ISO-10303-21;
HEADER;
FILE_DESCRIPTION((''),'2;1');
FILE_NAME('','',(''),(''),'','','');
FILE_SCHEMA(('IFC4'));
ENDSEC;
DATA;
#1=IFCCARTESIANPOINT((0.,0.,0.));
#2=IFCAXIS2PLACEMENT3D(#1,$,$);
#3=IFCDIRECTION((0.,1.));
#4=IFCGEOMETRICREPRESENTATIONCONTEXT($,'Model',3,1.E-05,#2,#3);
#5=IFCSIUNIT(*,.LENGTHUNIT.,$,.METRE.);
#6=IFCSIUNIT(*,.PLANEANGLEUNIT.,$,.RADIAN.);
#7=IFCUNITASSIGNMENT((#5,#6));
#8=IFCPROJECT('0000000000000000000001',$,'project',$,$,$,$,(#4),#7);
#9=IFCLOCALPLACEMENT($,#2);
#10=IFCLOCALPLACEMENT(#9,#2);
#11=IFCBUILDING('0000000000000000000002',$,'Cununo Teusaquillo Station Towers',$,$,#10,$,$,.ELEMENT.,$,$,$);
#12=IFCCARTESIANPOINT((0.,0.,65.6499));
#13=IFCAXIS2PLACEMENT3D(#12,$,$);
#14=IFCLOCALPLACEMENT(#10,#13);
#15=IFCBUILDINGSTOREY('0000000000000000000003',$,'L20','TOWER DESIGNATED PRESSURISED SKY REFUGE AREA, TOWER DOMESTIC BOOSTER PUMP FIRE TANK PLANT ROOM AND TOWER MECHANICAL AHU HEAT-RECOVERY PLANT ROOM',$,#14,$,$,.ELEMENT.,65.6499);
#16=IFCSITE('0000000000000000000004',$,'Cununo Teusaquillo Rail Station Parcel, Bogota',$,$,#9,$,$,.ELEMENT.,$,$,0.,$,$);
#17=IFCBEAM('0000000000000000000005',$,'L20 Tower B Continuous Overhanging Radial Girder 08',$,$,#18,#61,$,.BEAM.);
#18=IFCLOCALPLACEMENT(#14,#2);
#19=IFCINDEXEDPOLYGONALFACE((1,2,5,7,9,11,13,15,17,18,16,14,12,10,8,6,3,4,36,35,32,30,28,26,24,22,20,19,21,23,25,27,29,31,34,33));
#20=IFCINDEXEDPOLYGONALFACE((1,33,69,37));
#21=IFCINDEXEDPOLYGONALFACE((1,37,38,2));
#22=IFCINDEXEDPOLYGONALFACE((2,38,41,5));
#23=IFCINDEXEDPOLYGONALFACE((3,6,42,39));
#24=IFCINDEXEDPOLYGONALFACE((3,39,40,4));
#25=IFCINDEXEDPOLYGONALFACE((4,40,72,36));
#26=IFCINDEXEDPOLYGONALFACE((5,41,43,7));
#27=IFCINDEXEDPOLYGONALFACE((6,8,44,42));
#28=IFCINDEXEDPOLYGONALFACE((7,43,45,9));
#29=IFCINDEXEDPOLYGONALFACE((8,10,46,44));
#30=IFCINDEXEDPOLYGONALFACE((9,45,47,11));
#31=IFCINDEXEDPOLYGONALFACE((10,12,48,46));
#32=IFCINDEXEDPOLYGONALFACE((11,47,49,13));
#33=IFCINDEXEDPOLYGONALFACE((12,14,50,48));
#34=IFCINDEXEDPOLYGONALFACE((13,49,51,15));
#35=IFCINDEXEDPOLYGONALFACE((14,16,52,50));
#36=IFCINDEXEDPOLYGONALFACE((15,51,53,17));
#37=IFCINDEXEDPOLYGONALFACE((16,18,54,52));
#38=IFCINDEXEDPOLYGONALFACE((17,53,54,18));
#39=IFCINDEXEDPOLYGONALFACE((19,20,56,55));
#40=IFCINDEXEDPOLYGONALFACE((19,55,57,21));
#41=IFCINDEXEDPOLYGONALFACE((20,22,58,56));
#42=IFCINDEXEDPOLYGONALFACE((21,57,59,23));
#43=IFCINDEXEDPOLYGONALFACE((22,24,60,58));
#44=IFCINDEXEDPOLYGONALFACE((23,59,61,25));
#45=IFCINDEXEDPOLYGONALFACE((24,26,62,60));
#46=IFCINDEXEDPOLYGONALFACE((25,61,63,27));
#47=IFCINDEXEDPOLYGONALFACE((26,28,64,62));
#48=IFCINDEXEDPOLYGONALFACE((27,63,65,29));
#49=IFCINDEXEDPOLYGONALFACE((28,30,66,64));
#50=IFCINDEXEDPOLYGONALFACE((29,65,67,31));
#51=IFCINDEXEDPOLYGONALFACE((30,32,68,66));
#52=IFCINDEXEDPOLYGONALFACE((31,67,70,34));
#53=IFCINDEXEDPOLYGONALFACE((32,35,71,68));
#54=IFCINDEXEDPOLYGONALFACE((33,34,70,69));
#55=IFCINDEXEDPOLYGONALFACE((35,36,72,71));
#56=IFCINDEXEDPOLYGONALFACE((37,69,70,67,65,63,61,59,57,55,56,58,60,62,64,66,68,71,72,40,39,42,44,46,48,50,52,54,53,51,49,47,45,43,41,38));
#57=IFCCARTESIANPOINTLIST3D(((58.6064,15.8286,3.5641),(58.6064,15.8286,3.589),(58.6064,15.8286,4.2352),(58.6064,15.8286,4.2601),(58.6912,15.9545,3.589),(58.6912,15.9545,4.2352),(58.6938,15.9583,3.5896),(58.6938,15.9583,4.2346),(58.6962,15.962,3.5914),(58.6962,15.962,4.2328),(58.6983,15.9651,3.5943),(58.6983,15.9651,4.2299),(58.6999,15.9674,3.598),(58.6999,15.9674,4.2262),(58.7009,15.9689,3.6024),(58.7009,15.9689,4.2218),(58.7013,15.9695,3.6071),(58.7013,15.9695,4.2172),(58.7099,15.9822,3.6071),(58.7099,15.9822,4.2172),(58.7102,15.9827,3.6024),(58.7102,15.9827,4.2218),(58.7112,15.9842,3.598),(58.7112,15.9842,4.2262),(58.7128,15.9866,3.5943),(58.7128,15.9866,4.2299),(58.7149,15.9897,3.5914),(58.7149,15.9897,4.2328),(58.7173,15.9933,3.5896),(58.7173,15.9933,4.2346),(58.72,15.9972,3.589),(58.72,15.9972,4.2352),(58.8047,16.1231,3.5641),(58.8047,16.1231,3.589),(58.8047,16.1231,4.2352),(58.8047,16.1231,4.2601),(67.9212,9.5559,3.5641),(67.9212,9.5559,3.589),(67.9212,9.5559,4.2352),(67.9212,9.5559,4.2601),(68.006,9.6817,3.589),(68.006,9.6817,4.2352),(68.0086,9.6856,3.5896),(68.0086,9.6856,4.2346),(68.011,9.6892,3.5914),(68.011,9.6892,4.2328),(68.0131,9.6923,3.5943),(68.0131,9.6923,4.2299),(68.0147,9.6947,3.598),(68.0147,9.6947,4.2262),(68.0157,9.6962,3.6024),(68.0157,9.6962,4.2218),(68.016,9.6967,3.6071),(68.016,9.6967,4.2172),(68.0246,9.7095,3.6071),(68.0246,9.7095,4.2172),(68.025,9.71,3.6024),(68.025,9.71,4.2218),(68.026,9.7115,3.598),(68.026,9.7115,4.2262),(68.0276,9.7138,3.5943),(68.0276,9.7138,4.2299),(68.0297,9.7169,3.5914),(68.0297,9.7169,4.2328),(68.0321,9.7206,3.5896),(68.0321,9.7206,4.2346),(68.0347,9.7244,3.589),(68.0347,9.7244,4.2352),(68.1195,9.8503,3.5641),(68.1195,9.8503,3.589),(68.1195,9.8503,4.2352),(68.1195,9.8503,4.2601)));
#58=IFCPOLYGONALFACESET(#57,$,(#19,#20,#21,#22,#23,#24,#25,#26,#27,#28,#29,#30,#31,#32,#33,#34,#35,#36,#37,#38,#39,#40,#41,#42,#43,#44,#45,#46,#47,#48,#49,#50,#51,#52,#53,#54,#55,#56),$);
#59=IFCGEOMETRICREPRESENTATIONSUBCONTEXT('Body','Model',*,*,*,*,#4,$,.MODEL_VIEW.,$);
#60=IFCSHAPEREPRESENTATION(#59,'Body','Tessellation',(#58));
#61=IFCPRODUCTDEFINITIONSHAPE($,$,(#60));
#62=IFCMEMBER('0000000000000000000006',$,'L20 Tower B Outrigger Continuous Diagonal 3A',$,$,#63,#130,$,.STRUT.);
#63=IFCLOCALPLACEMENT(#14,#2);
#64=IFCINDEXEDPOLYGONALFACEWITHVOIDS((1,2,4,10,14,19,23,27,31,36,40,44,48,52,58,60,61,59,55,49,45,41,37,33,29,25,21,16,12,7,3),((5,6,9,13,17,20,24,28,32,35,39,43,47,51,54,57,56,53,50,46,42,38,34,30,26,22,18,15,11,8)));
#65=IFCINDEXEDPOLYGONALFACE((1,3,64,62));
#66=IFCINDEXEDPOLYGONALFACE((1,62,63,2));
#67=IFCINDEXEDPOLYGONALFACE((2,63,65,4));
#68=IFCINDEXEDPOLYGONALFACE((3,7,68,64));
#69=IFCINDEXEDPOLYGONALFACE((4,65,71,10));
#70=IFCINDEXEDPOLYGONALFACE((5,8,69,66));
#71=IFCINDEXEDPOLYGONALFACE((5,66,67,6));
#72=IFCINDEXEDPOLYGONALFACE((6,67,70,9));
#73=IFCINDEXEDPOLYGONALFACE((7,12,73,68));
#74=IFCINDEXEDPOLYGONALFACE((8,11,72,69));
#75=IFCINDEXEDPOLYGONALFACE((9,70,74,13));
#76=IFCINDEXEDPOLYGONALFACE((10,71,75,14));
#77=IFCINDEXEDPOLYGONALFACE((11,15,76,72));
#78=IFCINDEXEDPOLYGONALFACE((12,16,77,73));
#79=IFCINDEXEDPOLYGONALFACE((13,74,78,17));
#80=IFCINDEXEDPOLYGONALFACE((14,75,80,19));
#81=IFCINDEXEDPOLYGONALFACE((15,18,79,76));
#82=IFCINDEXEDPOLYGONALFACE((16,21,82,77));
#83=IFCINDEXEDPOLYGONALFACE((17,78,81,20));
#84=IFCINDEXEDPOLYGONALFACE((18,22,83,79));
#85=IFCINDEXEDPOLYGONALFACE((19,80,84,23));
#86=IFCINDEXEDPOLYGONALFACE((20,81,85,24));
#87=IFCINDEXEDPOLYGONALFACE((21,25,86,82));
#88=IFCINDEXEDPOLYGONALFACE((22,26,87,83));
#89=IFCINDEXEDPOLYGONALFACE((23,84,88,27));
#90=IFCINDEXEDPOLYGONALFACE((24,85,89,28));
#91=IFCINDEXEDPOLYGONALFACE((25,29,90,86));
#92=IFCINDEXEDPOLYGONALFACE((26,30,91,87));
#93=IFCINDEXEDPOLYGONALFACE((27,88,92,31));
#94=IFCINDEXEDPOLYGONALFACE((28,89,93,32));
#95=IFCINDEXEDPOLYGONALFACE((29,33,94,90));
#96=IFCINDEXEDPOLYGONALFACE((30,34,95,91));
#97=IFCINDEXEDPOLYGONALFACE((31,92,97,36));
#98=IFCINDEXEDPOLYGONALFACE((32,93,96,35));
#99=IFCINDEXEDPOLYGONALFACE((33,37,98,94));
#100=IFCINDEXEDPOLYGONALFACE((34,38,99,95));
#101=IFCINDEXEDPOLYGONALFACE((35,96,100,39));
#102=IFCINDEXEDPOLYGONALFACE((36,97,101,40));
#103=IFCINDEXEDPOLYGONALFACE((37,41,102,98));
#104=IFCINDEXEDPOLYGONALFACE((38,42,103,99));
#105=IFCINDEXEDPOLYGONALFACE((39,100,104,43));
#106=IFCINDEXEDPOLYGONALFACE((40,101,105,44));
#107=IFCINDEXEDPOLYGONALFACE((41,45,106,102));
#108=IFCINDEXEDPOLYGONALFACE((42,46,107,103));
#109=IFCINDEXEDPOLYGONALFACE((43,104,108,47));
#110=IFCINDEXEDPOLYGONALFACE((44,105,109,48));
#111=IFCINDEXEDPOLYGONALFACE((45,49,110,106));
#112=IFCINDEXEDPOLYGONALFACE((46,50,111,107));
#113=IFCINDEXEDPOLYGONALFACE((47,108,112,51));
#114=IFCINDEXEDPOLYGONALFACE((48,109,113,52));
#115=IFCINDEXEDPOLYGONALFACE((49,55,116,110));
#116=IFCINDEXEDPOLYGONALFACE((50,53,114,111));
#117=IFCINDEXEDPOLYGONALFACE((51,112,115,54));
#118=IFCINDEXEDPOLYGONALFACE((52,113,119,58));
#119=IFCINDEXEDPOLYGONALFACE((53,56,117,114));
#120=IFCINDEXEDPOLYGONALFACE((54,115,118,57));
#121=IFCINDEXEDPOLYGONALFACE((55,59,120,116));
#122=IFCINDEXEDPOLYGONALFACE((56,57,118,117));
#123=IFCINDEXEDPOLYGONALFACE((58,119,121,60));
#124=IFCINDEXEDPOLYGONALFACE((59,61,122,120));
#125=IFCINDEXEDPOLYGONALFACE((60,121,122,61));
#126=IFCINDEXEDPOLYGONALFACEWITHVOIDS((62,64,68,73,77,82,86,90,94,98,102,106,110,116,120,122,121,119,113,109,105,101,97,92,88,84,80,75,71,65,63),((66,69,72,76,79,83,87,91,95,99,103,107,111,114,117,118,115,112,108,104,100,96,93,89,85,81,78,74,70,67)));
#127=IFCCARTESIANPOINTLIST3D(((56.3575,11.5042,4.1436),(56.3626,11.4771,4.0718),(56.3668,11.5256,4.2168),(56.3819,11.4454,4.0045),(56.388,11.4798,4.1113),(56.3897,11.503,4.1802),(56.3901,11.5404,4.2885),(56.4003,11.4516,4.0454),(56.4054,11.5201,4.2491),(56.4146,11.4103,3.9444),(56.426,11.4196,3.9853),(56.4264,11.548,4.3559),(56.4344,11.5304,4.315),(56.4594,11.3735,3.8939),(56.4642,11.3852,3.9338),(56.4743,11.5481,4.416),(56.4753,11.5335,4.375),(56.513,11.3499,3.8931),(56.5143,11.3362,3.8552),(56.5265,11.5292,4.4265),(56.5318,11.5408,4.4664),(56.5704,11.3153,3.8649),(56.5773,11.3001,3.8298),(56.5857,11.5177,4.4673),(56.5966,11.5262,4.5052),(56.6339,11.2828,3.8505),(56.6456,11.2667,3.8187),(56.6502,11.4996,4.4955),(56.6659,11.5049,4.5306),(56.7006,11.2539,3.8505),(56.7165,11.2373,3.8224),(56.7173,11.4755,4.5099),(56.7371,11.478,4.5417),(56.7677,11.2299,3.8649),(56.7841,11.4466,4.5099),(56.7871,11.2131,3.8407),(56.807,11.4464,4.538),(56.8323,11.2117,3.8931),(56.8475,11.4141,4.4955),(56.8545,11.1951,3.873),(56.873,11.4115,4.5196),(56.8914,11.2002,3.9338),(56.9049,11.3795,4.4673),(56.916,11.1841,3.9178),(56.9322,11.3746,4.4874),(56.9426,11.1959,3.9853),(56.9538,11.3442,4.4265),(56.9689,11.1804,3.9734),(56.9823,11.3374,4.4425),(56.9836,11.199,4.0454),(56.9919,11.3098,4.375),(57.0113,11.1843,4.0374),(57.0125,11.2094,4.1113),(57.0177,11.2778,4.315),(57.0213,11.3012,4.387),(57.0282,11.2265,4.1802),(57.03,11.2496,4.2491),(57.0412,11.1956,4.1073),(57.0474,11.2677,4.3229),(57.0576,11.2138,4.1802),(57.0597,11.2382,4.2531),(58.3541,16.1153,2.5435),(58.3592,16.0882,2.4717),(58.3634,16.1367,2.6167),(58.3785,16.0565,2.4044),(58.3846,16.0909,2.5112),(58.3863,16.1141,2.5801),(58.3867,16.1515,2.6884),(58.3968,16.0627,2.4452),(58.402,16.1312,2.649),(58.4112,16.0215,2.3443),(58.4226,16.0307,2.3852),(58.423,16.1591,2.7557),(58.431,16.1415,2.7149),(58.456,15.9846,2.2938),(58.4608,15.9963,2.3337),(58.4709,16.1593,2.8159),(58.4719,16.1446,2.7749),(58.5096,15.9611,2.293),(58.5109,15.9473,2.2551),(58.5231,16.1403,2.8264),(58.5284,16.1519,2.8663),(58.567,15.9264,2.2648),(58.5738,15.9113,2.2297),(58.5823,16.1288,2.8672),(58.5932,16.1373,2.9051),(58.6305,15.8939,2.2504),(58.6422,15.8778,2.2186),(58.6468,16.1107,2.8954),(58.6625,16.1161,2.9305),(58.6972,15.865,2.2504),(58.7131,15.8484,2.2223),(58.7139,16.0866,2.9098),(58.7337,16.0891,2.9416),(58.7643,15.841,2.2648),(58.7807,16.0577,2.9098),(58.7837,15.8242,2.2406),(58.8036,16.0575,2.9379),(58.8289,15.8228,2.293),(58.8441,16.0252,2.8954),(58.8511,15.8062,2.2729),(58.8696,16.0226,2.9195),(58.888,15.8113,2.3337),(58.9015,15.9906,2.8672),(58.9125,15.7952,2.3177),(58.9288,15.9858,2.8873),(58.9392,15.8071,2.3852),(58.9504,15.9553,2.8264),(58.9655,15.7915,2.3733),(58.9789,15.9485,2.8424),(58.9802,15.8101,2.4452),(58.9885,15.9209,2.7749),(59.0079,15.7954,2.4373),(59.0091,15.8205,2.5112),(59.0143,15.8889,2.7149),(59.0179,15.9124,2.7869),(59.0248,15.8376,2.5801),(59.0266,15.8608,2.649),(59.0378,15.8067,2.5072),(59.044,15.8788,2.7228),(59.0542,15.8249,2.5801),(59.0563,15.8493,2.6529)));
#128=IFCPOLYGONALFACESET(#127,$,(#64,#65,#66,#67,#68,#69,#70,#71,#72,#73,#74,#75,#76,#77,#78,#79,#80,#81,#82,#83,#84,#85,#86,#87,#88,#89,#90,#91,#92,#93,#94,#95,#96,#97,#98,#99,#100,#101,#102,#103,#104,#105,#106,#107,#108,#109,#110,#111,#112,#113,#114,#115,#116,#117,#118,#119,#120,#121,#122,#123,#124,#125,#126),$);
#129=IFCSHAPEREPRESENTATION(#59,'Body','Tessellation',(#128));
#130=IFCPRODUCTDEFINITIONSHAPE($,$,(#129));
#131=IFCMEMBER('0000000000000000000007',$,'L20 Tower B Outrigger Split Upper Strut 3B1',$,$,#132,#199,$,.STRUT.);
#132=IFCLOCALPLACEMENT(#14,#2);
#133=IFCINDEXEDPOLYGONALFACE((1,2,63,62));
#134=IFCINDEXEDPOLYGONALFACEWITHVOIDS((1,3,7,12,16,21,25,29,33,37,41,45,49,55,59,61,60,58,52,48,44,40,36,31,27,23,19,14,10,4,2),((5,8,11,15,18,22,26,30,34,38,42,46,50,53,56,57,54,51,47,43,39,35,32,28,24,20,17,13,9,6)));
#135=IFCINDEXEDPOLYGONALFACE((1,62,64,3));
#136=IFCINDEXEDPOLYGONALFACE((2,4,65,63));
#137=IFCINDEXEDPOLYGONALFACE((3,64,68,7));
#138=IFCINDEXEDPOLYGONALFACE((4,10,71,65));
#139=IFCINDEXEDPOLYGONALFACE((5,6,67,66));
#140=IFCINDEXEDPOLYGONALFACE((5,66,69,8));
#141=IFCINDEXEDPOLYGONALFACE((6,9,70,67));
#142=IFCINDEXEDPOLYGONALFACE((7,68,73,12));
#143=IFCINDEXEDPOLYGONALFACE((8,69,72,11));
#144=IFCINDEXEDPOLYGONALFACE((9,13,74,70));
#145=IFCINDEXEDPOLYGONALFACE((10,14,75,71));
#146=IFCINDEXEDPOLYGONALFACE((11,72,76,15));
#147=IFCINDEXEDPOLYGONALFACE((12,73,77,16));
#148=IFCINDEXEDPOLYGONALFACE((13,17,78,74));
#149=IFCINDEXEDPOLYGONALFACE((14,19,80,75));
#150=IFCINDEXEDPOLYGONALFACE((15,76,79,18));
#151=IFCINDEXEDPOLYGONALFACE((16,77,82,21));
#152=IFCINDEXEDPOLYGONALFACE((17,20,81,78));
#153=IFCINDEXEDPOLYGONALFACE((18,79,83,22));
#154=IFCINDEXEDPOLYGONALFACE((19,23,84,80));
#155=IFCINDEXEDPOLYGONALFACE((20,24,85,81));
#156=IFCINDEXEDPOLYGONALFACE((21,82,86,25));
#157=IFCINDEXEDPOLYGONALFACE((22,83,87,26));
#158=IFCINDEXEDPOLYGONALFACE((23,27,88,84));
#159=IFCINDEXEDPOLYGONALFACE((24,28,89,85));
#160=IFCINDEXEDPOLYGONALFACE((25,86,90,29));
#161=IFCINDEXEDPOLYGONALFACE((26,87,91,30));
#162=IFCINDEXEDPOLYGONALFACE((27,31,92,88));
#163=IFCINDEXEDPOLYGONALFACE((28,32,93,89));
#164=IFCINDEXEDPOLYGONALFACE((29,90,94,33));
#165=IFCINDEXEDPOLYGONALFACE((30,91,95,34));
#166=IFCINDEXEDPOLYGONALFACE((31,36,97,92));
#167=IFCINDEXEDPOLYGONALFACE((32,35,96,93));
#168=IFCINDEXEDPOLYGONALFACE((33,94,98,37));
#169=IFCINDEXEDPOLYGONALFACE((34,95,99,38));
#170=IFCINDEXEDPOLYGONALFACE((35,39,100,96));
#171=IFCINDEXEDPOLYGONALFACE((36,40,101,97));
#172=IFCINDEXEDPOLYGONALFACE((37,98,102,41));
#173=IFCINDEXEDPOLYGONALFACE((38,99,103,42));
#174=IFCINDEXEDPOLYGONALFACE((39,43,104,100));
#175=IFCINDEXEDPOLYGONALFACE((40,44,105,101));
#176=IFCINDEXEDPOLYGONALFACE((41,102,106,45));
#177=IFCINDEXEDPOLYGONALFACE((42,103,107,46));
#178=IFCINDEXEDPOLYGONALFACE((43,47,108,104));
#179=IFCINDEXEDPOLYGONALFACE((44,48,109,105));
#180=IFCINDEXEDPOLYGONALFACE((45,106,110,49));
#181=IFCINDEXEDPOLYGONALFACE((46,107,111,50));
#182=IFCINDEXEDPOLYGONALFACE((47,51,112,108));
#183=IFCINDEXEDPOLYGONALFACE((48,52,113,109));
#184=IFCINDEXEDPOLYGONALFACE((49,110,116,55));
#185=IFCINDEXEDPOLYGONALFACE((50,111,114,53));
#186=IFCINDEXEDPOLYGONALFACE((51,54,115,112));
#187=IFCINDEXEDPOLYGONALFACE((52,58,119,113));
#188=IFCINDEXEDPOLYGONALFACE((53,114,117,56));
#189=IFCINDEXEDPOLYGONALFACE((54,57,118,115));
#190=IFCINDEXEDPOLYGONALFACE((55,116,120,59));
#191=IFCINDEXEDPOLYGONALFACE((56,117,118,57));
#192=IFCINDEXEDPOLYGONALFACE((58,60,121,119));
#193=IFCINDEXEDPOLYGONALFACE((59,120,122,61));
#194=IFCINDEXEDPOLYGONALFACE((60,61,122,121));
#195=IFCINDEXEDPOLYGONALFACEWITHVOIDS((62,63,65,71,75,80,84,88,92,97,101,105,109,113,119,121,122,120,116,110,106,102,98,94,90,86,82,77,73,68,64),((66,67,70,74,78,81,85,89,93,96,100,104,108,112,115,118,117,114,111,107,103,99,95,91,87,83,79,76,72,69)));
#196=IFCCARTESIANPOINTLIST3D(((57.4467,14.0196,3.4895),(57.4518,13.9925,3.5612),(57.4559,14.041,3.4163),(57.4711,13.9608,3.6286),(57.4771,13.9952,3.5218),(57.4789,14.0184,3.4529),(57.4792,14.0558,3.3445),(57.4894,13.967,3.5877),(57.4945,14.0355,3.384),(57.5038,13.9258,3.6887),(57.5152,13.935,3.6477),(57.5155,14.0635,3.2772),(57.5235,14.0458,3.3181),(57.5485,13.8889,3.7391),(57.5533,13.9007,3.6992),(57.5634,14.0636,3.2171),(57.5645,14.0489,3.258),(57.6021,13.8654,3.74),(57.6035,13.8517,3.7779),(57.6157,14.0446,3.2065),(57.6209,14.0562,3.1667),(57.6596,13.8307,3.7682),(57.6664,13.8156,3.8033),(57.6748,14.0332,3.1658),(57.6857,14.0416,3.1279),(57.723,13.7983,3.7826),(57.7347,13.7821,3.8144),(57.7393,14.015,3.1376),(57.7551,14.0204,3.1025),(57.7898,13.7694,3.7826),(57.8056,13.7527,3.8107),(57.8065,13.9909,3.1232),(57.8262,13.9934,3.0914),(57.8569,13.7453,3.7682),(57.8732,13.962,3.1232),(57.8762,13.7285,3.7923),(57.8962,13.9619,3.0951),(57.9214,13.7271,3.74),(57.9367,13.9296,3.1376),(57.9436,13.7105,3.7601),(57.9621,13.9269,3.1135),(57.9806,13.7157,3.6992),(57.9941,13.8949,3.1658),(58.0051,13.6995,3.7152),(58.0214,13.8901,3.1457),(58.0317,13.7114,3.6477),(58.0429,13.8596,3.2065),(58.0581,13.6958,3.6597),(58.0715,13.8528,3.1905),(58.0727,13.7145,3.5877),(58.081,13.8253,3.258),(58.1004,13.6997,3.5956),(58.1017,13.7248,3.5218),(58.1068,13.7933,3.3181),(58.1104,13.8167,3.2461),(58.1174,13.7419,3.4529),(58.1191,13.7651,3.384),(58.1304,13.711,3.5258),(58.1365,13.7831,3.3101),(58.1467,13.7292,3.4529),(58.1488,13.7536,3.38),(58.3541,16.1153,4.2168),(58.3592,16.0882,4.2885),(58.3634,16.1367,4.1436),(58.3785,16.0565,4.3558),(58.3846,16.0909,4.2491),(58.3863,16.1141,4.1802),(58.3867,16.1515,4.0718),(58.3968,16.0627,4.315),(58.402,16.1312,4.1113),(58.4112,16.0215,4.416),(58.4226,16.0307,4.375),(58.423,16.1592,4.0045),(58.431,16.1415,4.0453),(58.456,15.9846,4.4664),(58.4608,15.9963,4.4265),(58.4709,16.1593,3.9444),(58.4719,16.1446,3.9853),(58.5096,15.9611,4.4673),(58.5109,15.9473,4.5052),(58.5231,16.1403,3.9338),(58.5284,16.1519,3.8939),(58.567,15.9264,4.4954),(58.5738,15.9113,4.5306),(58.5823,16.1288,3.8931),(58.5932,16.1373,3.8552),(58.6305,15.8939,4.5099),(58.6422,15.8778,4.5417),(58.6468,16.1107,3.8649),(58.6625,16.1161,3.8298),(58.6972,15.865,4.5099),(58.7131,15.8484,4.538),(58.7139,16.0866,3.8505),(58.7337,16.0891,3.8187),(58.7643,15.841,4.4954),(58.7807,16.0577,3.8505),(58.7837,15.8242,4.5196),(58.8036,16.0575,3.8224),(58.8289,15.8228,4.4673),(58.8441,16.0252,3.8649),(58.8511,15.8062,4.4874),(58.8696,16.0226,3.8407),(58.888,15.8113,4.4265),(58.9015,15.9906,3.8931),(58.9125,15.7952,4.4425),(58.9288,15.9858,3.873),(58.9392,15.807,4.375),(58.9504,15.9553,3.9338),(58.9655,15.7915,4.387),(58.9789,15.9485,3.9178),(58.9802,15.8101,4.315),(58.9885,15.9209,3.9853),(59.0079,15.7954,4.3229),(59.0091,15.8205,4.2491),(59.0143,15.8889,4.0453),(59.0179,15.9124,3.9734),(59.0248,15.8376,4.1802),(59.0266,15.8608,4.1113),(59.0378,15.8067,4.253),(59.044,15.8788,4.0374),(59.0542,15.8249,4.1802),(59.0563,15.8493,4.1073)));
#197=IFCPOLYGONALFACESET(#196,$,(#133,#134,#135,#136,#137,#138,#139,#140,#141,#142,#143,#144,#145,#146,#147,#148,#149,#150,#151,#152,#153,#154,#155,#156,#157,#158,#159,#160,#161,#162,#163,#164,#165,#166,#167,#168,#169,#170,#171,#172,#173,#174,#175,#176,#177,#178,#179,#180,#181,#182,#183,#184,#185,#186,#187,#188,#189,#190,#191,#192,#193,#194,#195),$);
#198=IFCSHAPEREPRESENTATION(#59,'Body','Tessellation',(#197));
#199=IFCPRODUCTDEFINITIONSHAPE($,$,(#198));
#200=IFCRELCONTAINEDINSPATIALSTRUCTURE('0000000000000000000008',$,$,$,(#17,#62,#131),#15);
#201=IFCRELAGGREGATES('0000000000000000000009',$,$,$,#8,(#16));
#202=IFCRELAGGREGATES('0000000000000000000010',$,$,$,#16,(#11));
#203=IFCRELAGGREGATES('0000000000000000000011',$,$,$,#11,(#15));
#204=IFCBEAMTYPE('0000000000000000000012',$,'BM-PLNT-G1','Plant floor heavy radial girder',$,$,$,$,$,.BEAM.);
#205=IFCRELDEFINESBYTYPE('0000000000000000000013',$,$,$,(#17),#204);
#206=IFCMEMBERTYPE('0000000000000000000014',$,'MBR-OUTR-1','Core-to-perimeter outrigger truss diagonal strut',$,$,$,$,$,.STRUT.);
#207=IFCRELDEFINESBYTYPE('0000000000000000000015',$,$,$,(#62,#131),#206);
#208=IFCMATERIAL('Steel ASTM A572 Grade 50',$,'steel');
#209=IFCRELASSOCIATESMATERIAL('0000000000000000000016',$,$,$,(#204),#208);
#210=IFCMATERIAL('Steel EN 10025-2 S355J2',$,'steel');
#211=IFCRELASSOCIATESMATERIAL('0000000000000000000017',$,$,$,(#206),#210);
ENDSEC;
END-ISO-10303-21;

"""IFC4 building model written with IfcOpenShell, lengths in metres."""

from ifc_helpers import new_model, si_unit, direction, frame, origin, origin_2d, place, context, subcontext, project, spatial, hollow_circle, i_section, extrude, material, material_profile, profile_set, type_object, element, save


model = new_model("IFC4")

# Units and contexts
model_context = context("Model", 3, precision=1e-05, world=origin(), true_north=direction((0.0, 1.0)))
body_context = subcontext(model_context, "Body", "Model", "MODEL_VIEW")
ifc_project = project(units=[si_unit("LENGTHUNIT", "METRE"), si_unit("PLANEANGLEUNIT", "RADIAN")], contexts=[model_context])

# Site, building, storey
site_placement = place(None, origin())
site = spatial("IfcSite", under=ifc_project, at=site_placement, Name="Cununo Teusaquillo Rail Station Parcel, Bogota", CompositionType="ELEMENT", RefElevation=0.0)
building_placement = place(site_placement, origin())
building = spatial("IfcBuilding", under=site, at=building_placement, Name="Cununo Teusaquillo Station Towers", CompositionType="ELEMENT")
storey_placement = place(building_placement, frame((0.0, 0.0, 65.6499)))
storey = spatial("IfcBuildingStorey", under=building, at=storey_placement, Name="L20", Description="TOWER DESIGNATED PRESSURISED SKY REFUGE AREA, TOWER DOMESTIC BOOSTER PUMP FIRE TANK PLANT ROOM AND TOWER MECHANICAL AHU HEAT-RECOVERY PLANT ROOM", CompositionType="ELEMENT", Elevation=65.6499)

# Beam
ifc_material_1 = material(Name="Steel ASTM A572 Grade 50", Category="steel")
ifc_material_profile_1 = material_profile(ifc_material_1, i_section(OverallWidth=0.355, OverallDepth=0.696, WebThickness=0.0154, FlangeThickness=0.0249, FilletRadius=0.0181, at=origin_2d()), Name="W27X146")
ifc_profile_set_1 = profile_set([ifc_material_profile_1], Name="Steel ASTM A572 Grade 50")
beam_type_1 = type_object("IfcBeamType", Name="BM-PLNT-G1", Description="Plant floor heavy radial girder", PredefinedType="BEAM", material=ifc_profile_set_1)
beam_1_placement = place(storey_placement, frame((58.7056, 15.9758, 3.9121), z_axis=(0.829456, -0.558572, 0.0), x_axis=(0.558572, 0.829456, 0.0)))
element("IfcBeam", 1, at=beam_1_placement, inside=storey, type_object=beam_type_1, Name="L20 Tower B Continuous Overhanging Radial Girder 08", PredefinedType="BEAM", context=body_context, shape_type="SweptSolid", body=[
    extrude(i_section(OverallWidth=0.355, OverallDepth=0.696, WebThickness=0.0154, FlangeThickness=0.0249, FilletRadius=0.0181, at=origin_2d()), origin(), (0.0, 0.0, 1.0), 11.23),
])

# Members
ifc_material_2 = material(Name="Steel EN 10025-2 S355J2", Category="steel")
ifc_material_profile_2 = material_profile(ifc_material_2, hollow_circle(Radius=0.3799, WallThickness=0.032, at=origin_2d()), Name="CHS 760x32")
ifc_profile_set_2 = profile_set([ifc_material_profile_2], Name="Steel EN 10025-2 S355J2")
member_type = type_object("IfcMemberType", Name="MBR-OUTR-1", Description="Core-to-perimeter outrigger truss diagonal strut", PredefinedType="STRUT", material=ifc_profile_set_2)
member_1_placement = place(storey_placement, frame((58.7056, 15.9758, 2.5801), z_axis=(-0.378614, -0.874404, 0.303428), x_axis=(0.917668, -0.397347, 0.0)))
element("IfcMember", 2, at=member_1_placement, inside=storey, type_object=member_type, Name="L20 Tower B Outrigger Continuous Diagonal 3A", PredefinedType="STRUT", context=body_context, shape_type="SweptSolid", body=[
    extrude(hollow_circle(Radius=0.3799, WallThickness=0.032, at=origin_2d()), origin(), (0.0, 0.0, 1.0), 5.2734),
])
member_2_placement = place(storey_placement, frame((58.7056, 15.9758, 4.1802), z_axis=(-0.378625, -0.874392, -0.30345), x_axis=(0.917662, -0.397361, 0.0)))
element("IfcMember", 3, at=member_2_placement, inside=storey, type_object=member_type, Name="L20 Tower B Outrigger Split Upper Strut 3B1", PredefinedType="STRUT", context=body_context, shape_type="SweptSolid", body=[
    extrude(hollow_circle(Radius=0.3799, WallThickness=0.032, at=origin_2d()), origin(), (0.0, 0.0, 1.0), 2.3967),
])

save(model, "model.ifc")
